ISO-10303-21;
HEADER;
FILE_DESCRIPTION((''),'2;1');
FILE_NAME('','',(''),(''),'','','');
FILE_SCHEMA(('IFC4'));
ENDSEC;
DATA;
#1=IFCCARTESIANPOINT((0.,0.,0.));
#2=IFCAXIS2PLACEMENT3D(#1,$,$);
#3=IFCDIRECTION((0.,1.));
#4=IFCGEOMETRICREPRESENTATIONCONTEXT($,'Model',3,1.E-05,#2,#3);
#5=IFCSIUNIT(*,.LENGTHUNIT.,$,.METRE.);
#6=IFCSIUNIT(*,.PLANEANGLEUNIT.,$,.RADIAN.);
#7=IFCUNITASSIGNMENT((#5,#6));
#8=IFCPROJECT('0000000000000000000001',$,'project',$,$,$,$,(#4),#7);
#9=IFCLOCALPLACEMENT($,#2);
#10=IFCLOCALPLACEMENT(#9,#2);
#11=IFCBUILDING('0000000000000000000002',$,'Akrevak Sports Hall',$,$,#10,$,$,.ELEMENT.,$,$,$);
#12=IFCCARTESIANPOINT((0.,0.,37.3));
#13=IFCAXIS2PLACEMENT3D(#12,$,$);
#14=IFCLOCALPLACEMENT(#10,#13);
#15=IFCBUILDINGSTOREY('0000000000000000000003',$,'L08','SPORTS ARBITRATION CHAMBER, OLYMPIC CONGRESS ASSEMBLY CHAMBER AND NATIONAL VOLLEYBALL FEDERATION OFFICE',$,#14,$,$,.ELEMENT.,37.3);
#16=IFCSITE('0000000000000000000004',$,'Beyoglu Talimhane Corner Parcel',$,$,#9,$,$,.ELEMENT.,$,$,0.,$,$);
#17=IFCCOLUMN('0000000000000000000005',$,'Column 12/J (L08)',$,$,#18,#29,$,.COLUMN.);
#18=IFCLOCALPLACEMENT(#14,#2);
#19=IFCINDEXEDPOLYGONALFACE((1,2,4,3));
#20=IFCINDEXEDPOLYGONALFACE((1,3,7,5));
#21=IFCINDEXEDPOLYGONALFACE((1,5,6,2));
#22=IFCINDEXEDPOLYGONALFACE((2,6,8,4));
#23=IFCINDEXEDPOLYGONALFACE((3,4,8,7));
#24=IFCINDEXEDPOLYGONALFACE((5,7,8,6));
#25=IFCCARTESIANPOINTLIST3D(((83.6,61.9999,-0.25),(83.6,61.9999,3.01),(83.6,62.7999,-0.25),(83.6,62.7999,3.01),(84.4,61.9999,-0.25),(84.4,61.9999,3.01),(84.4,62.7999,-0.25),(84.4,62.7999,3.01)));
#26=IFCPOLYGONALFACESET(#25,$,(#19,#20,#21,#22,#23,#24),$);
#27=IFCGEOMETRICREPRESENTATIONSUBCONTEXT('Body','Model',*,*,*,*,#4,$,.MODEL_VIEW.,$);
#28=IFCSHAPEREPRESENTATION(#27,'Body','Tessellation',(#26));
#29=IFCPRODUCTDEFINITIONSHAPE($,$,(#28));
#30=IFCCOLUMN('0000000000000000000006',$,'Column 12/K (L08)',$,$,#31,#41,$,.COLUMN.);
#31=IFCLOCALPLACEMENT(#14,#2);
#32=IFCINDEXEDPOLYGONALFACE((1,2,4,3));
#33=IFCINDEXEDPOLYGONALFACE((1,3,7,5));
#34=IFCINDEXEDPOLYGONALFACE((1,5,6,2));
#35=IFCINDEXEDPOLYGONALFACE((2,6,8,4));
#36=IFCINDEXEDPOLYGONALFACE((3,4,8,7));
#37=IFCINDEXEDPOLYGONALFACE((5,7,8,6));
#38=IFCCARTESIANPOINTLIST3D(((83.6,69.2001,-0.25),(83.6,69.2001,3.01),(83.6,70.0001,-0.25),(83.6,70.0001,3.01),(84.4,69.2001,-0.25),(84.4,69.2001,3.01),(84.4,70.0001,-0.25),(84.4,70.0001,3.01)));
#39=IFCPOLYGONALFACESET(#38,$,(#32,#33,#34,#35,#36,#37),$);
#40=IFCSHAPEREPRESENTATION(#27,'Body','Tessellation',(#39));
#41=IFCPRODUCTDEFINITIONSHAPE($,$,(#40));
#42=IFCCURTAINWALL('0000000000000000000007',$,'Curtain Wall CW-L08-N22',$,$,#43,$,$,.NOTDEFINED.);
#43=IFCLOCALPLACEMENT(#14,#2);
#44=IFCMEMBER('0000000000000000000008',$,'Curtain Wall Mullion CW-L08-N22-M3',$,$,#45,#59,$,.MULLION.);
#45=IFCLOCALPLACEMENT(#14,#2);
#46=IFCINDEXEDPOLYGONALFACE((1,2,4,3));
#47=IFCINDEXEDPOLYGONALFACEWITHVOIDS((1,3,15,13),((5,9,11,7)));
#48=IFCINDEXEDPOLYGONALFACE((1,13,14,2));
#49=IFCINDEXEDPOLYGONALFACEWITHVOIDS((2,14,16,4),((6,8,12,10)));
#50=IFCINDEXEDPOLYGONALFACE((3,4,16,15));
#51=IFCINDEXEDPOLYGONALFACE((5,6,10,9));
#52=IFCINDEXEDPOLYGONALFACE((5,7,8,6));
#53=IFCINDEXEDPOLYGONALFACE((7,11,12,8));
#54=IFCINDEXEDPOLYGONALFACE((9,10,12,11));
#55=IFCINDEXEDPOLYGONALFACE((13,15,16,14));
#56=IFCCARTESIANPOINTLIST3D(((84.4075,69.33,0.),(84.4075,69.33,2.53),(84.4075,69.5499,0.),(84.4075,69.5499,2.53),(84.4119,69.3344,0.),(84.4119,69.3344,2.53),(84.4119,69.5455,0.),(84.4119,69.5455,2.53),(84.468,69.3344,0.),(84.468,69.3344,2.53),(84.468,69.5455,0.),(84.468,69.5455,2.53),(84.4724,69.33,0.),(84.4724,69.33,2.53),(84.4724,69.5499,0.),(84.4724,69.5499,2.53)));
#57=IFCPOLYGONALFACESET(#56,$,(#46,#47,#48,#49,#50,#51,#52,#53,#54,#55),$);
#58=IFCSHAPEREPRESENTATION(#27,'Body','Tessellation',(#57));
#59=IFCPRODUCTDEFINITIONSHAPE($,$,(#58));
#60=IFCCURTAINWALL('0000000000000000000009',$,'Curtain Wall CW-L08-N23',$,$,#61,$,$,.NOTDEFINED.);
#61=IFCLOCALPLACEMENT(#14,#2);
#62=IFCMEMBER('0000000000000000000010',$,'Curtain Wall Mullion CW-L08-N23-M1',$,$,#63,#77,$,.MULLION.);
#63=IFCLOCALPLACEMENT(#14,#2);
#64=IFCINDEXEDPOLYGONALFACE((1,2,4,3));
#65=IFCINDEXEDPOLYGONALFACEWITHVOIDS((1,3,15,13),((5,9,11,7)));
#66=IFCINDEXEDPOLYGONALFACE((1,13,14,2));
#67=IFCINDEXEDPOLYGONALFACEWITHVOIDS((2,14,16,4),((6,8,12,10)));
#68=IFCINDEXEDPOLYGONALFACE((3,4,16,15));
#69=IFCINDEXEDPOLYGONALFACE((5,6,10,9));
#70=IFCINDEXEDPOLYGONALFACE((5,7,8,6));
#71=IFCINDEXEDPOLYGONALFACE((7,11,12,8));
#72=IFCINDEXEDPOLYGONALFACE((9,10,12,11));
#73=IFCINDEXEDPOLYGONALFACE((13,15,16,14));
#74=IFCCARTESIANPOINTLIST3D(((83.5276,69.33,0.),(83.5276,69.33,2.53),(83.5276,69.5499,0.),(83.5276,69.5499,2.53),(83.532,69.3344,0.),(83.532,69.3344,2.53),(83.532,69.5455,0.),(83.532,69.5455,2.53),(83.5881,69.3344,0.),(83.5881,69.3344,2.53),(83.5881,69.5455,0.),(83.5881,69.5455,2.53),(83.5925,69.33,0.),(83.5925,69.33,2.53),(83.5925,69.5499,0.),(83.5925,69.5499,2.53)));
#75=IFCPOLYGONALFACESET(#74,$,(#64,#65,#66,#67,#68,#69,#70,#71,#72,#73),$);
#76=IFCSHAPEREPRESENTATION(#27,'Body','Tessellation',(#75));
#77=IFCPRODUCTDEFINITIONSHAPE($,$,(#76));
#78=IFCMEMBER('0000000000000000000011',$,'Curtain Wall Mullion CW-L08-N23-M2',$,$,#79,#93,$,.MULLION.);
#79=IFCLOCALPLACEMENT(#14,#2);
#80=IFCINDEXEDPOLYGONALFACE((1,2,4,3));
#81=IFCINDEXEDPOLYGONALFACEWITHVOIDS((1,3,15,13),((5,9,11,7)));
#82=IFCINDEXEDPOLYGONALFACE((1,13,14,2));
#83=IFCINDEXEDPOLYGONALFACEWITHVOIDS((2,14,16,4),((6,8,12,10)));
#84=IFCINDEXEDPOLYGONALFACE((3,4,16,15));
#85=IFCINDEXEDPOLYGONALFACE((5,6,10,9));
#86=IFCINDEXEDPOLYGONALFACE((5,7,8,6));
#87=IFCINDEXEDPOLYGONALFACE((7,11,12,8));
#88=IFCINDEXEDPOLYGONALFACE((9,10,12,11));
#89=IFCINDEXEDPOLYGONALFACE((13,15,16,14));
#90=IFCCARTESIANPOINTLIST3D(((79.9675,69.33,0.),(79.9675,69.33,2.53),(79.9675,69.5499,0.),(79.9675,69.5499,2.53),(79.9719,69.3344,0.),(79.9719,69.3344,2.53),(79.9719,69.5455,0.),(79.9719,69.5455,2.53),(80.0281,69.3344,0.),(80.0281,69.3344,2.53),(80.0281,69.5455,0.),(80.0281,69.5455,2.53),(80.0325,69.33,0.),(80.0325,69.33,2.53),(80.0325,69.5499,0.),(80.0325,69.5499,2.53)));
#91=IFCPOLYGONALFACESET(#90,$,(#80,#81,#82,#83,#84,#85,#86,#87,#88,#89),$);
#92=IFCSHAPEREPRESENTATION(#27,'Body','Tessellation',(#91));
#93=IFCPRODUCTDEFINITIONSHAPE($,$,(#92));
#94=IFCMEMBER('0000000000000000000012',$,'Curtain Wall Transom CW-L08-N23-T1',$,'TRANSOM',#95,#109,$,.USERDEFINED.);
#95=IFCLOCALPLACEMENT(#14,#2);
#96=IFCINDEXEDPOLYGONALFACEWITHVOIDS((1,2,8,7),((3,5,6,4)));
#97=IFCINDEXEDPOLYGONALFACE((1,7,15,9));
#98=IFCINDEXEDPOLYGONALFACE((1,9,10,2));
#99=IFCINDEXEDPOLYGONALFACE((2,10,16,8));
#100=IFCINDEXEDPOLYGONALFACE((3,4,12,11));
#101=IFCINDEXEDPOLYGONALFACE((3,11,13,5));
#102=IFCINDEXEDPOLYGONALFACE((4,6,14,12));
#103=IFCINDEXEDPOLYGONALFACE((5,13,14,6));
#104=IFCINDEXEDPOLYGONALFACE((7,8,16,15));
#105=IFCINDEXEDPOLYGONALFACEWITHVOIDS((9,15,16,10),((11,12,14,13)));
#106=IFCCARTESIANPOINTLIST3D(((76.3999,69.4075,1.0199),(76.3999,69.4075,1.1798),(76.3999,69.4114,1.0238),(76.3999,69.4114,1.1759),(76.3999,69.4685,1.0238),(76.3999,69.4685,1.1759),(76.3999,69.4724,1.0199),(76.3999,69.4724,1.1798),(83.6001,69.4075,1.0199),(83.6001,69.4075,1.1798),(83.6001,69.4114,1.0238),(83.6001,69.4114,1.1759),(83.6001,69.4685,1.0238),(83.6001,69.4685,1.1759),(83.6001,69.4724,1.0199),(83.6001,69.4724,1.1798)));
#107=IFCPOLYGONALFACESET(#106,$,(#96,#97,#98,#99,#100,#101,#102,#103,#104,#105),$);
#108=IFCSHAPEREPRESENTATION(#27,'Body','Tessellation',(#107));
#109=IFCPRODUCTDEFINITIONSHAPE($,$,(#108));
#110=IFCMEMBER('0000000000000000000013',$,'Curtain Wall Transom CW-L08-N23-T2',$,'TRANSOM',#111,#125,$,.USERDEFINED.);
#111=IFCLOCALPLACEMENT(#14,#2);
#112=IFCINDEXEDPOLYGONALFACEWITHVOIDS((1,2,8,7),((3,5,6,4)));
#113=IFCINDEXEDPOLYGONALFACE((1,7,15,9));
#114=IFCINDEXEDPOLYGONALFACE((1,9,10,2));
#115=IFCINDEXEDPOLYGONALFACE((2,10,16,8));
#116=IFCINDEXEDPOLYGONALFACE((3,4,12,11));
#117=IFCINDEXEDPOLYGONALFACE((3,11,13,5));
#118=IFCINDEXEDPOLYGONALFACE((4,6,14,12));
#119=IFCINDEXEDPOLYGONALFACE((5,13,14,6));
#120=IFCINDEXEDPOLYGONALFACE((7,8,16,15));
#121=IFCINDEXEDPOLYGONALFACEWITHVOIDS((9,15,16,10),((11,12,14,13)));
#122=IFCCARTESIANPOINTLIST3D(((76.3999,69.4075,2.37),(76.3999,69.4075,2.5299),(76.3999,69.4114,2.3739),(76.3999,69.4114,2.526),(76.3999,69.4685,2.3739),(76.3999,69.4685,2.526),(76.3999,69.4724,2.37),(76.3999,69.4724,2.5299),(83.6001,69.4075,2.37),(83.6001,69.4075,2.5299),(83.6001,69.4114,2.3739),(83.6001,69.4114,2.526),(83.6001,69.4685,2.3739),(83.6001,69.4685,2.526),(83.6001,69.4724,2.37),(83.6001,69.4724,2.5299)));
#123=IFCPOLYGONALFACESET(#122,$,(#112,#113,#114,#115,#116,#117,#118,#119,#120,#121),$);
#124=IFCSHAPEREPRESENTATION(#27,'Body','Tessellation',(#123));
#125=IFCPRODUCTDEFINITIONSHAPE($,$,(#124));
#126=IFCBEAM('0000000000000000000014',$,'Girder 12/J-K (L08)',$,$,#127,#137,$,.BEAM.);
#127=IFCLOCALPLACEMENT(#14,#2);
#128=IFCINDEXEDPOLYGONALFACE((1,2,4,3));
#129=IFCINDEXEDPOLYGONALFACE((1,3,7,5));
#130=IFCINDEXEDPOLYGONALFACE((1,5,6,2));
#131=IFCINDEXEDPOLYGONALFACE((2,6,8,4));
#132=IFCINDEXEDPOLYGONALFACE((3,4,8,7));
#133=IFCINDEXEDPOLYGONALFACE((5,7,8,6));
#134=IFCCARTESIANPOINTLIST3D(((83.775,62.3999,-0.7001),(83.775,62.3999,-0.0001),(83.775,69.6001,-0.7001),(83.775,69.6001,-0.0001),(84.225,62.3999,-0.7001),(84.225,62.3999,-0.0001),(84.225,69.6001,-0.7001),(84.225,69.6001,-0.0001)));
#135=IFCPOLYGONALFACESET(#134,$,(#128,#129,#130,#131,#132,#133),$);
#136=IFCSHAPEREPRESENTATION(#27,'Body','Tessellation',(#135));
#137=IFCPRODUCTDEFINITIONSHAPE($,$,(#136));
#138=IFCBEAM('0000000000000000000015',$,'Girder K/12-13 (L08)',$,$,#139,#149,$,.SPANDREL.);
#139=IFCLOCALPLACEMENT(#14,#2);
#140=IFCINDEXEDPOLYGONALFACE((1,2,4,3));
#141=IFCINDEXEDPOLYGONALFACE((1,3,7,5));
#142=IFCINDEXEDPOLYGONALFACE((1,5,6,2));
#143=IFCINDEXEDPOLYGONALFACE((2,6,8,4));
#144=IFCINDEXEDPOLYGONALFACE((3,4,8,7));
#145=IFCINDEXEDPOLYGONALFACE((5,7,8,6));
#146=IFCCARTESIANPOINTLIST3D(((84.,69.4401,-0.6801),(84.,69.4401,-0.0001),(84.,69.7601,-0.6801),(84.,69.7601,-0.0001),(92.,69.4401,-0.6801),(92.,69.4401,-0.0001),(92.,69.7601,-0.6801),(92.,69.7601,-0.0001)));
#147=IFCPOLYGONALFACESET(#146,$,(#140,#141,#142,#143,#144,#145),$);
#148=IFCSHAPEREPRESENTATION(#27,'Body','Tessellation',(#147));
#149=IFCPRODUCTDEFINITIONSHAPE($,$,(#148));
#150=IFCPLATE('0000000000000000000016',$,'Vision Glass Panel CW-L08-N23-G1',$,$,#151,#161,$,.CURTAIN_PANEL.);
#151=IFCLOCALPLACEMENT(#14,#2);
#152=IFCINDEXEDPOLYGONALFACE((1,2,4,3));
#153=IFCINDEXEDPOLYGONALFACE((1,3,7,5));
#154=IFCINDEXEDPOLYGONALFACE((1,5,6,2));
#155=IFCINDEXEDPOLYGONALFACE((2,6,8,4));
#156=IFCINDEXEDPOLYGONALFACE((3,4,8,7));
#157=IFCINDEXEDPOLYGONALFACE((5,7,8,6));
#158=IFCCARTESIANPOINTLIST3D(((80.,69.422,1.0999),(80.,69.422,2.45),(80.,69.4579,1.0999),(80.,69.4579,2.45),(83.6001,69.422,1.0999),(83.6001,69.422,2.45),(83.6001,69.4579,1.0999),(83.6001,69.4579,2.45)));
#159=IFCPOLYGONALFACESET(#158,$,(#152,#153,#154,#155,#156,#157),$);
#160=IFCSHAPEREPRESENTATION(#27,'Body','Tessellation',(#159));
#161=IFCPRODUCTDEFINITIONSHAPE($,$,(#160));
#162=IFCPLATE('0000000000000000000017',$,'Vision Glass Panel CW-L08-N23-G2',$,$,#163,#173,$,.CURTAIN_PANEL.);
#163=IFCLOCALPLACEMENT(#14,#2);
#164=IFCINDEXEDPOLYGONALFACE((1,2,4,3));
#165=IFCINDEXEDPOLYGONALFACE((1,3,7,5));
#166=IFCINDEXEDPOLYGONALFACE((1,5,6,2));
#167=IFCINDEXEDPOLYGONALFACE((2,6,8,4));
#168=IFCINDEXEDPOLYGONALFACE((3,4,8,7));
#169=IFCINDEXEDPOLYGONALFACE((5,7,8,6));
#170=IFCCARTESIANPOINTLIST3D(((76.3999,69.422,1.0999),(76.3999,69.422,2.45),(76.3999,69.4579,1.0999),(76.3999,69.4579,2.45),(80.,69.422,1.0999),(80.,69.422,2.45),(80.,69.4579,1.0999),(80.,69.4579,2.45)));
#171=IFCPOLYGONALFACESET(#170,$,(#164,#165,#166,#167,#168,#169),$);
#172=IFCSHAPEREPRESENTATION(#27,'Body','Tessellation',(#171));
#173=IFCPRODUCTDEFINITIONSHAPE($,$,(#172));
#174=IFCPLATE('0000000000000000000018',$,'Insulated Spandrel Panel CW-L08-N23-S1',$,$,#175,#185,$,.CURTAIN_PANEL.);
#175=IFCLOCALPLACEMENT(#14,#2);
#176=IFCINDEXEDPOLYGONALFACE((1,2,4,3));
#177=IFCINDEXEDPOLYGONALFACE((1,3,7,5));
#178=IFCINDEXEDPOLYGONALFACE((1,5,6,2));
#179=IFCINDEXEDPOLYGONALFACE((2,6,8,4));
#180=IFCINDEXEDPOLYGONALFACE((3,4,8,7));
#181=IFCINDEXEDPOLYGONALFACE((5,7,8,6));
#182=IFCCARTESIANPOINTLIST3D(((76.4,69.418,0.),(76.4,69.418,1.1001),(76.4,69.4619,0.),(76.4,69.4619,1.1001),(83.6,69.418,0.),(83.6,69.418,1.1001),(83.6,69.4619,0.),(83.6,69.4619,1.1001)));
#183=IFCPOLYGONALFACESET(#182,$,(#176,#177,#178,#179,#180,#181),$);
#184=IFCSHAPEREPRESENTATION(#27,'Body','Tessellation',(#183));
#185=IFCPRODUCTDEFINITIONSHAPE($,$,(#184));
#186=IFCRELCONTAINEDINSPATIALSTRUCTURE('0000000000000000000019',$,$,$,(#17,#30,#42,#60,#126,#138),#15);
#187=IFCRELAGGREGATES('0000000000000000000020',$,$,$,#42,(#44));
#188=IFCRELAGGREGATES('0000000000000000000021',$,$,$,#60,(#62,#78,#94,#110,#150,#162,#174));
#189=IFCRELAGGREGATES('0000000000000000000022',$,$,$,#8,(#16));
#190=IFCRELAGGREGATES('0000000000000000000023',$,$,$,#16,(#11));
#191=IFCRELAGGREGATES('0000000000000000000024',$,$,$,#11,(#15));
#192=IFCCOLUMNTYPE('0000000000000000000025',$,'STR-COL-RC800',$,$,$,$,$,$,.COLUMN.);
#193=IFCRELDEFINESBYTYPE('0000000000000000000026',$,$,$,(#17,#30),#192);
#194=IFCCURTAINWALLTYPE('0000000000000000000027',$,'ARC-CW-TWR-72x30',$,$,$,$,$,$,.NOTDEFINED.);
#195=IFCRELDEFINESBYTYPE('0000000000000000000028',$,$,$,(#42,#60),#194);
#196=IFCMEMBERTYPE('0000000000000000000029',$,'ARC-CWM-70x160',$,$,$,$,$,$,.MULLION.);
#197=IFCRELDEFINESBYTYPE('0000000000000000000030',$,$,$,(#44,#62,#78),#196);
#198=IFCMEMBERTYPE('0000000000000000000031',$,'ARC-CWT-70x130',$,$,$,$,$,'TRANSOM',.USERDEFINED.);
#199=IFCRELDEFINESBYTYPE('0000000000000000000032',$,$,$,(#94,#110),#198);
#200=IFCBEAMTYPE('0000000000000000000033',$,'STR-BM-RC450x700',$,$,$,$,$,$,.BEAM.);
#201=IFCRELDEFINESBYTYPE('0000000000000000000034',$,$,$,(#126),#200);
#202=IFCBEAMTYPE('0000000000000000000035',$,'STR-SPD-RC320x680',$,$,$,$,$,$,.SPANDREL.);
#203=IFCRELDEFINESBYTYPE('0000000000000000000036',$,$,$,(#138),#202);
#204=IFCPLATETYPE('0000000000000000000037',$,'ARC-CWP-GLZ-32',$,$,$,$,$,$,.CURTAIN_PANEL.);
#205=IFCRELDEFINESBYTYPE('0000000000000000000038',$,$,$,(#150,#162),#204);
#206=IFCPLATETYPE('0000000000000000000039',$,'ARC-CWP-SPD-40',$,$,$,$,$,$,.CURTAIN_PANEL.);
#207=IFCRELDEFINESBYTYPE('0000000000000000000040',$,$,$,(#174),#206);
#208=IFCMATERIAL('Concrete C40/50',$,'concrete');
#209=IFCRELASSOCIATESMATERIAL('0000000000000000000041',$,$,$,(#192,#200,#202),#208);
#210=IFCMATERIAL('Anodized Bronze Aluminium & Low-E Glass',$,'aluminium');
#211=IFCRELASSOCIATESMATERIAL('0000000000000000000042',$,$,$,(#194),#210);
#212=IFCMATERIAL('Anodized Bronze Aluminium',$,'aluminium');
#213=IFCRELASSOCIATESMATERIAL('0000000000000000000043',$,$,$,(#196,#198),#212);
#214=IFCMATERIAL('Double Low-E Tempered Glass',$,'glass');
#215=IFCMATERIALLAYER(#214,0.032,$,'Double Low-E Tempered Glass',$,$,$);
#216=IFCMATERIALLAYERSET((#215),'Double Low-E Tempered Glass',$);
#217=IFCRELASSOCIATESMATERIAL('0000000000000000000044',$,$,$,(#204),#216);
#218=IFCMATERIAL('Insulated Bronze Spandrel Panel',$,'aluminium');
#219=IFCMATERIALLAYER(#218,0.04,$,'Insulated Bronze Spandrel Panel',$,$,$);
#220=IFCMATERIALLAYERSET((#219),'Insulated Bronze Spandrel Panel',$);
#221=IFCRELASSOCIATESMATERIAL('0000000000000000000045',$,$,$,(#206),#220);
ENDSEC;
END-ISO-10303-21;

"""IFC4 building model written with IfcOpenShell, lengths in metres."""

from ifc_helpers import new_model, si_unit, direction, frame, origin, origin_2d, place, context, subcontext, project, spatial, rectangle, hollow_rectangle, extrude, material, layer, layer_set, material_profile, profile_set, type_object, element, aggregate, save


model = new_model("IFC4")

# Units and contexts
model_context = context("Model", 3, precision=1e-05, world=origin(), true_north=direction((0.0, 1.0)))
body_context = subcontext(model_context, "Body", "Model", "MODEL_VIEW")
ifc_project = project(units=[si_unit("LENGTHUNIT", "METRE"), si_unit("PLANEANGLEUNIT", "RADIAN")], contexts=[model_context])

# Site, building, storey
site_placement = place(None, origin())
site = spatial("IfcSite", under=ifc_project, at=site_placement, Name="Beyoglu Talimhane Corner Parcel", CompositionType="ELEMENT", RefElevation=0.0)
building_placement = place(site_placement, origin())
building = spatial("IfcBuilding", under=site, at=building_placement, Name="Akrevak Sports Hall", CompositionType="ELEMENT")
storey_placement = place(building_placement, frame((0.0, 0.0, 37.3)))
storey = spatial("IfcBuildingStorey", under=building, at=storey_placement, Name="L08", Description="SPORTS ARBITRATION CHAMBER, OLYMPIC CONGRESS ASSEMBLY CHAMBER AND NATIONAL VOLLEYBALL FEDERATION OFFICE", CompositionType="ELEMENT", Elevation=37.3)

# Columns
ifc_material_1 = material(Name="Concrete C40/50", Category="concrete")
ifc_material_profile_1 = material_profile(ifc_material_1, rectangle(XDim=0.8, YDim=0.8, at=origin_2d()), Name="RC 800x800", Category="concrete")
ifc_profile_set_1 = profile_set([ifc_material_profile_1], Name="Concrete C40/50")
column_type = type_object("IfcColumnType", Name="STR-COL-RC800", PredefinedType="COLUMN", material=ifc_profile_set_1)
for number, where, z_axis, x_axis, name in (
    (1, (84.0, 62.3999, -0.25), (0.0, 0.0, 1.0), (1.0, 0.0, 0.0), "Column 12/J (L08)"),
    (2, (84.0, 69.6001, -0.25), (0.0, 0.0, 1.0), (1.0, 0.0, 0.0), "Column 12/K (L08)"),
):
    element("IfcColumn", number, at=place(storey_placement, frame(where, z_axis=z_axis, x_axis=x_axis)), inside=storey, type_object=column_type, Name=name, PredefinedType="COLUMN", context=body_context, shape_type="SweptSolid", body=[
        extrude(rectangle(XDim=0.8, YDim=0.8, at=origin_2d()), origin(), (0.0, 0.0, 1.0), 3.26),
    ])

# Curtain wall, member
ifc_material_2 = material(Name="Anodized Bronze Aluminium & Low-E Glass", Category="aluminium")
curtain_wall_type = type_object("IfcCurtainWallType", Name="ARC-CW-TWR-72x30", PredefinedType="NOTDEFINED", material=ifc_material_2)
curtain_wall_1_placement = place(storey_placement, origin())
curtain_wall_1 = element("IfcCurtainWall", 3, at=curtain_wall_1_placement, inside=storey, type_object=curtain_wall_type, Name="Curtain Wall CW-L08-N22", PredefinedType="NOTDEFINED")
ifc_material_3 = material(Name="Anodized Bronze Aluminium", Category="aluminium")
ifc_material_profile_2 = material_profile(ifc_material_3, hollow_rectangle(XDim=0.0649, YDim=0.22, WallThickness=0.0044, at=origin_2d()), Name="CWM 65x220", Category="aluminium")
ifc_profile_set_2 = profile_set([ifc_material_profile_2], Name="Anodized Bronze Aluminium")
member_type_1 = type_object("IfcMemberType", Name="ARC-CWM-70x160", PredefinedType="MULLION", material=ifc_profile_set_2)
member_1_placement = place(storey_placement, frame((84.4399, 69.4399, 0.0), z_axis=(0.0, 0.0, 1.0), x_axis=(-1.0, 0.0, 0.0)))
member_1 = element("IfcMember", 4, at=member_1_placement, type_object=member_type_1, Name="Curtain Wall Mullion CW-L08-N22-M3", PredefinedType="MULLION", context=body_context, shape_type="SweptSolid", body=[
    extrude(hollow_rectangle(XDim=0.0649, YDim=0.22, WallThickness=0.0044, at=origin_2d()), origin(), (0.0, 0.0, 1.0), 2.53),
])
aggregate(curtain_wall_1, [member_1])

# Curtain wall, members
curtain_wall_2_placement = place(storey_placement, origin())
curtain_wall_2 = element("IfcCurtainWall", 5, at=curtain_wall_2_placement, inside=storey, type_object=curtain_wall_type, Name="Curtain Wall CW-L08-N23", PredefinedType="NOTDEFINED")
member_2_placement = place(storey_placement, frame((83.5601, 69.4399, 0.0), z_axis=(0.0, 0.0, 1.0), x_axis=(-1.0, 0.0, 0.0)))
member_2 = element("IfcMember", 6, at=member_2_placement, type_object=member_type_1, Name="Curtain Wall Mullion CW-L08-N23-M1", PredefinedType="MULLION", context=body_context, shape_type="SweptSolid", body=[
    extrude(hollow_rectangle(XDim=0.0649, YDim=0.22, WallThickness=0.0044, at=origin_2d()), origin(), (0.0, 0.0, 1.0), 2.53),
])
member_3_placement = place(storey_placement, frame((80.0, 69.4399, 0.0), z_axis=(0.0, 0.0, 1.0), x_axis=(-1.0, 0.0, 0.0)))
member_3 = element("IfcMember", 7, at=member_3_placement, type_object=member_type_1, Name="Curtain Wall Mullion CW-L08-N23-M2", PredefinedType="MULLION", context=body_context, shape_type="SweptSolid", body=[
    extrude(hollow_rectangle(XDim=0.0649, YDim=0.22, WallThickness=0.0044, at=origin_2d()), origin(), (0.0, 0.0, 1.0), 2.53),
])
ifc_material_profile_3 = material_profile(ifc_material_3, hollow_rectangle(XDim=0.0649, YDim=0.1599, WallThickness=0.0039, at=origin_2d()), Name="CWT 65x160", Category="aluminium")
ifc_profile_set_3 = profile_set([ifc_material_profile_3], Name="Anodized Bronze Aluminium")
member_type_2 = type_object("IfcMemberType", Name="ARC-CWT-70x130", ElementType="TRANSOM", PredefinedType="USERDEFINED", material=ifc_profile_set_3)
member_4_placement = place(storey_placement, frame((83.6001, 69.4399, 1.0999), z_axis=(-1.0, 0.0, 0.0), x_axis=(0.0, -1.0, 0.0)))
member_4 = element("IfcMember", 8, at=member_4_placement, type_object=member_type_2, Name="Curtain Wall Transom CW-L08-N23-T1", ObjectType="TRANSOM", PredefinedType="USERDEFINED", context=body_context, shape_type="SweptSolid", body=[
    extrude(hollow_rectangle(XDim=0.0649, YDim=0.1599, WallThickness=0.0039, at=origin_2d()), origin(), (0.0, 0.0, 1.0), 7.2002),
])
member_5_placement = place(storey_placement, frame((83.6001, 69.4399, 2.45), z_axis=(-1.0, 0.0, 0.0), x_axis=(0.0, -1.0, 0.0)))
member_5 = element("IfcMember", 9, at=member_5_placement, type_object=member_type_2, Name="Curtain Wall Transom CW-L08-N23-T2", ObjectType="TRANSOM", PredefinedType="USERDEFINED", context=body_context, shape_type="SweptSolid", body=[
    extrude(hollow_rectangle(XDim=0.0649, YDim=0.1599, WallThickness=0.0039, at=origin_2d()), origin(), (0.0, 0.0, 1.0), 7.2002),
])

# Beams
ifc_material_profile_4 = material_profile(ifc_material_1, rectangle(XDim=0.45, YDim=0.7, at=origin_2d()), Name="BM 450x700", Category="concrete")
ifc_profile_set_4 = profile_set([ifc_material_profile_4], Name="Concrete C40/50")
beam_type_1 = type_object("IfcBeamType", Name="STR-BM-RC450x700", PredefinedType="BEAM", material=ifc_profile_set_4)
beam_1_placement = place(storey_placement, frame((84.0, 62.3999, -0.3501), z_axis=(0.0, 1.0, 0.0), x_axis=(-1.0, 0.0, 0.0)))
element("IfcBeam", 10, at=beam_1_placement, inside=storey, type_object=beam_type_1, Name="Girder 12/J-K (L08)", PredefinedType="BEAM", context=body_context, shape_type="SweptSolid", body=[
    extrude(rectangle(XDim=0.45, YDim=0.7, at=origin_2d()), origin(), (0.0, 0.0, 1.0), 7.2002),
])
ifc_material_profile_5 = material_profile(ifc_material_1, rectangle(XDim=0.3201, YDim=0.6799, at=origin_2d()), Name="SPD 320x680", Category="concrete")
ifc_profile_set_5 = profile_set([ifc_material_profile_5], Name="Concrete C40/50")
beam_type_2 = type_object("IfcBeamType", Name="STR-SPD-RC320x680", PredefinedType="SPANDREL", material=ifc_profile_set_5)
beam_2_placement = place(storey_placement, frame((84.0, 69.6001, -0.3401), z_axis=(1.0, 0.0, 0.0), x_axis=(0.0, 1.0, 0.0)))
element("IfcBeam", 11, at=beam_2_placement, inside=storey, type_object=beam_type_2, Name="Girder K/12-13 (L08)", PredefinedType="SPANDREL", context=body_context, shape_type="SweptSolid", body=[
    extrude(rectangle(XDim=0.3201, YDim=0.6799, at=origin_2d()), origin(), (0.0, 0.0, 1.0), 8.0),
])

# Plates
ifc_material_4 = material(Name="Double Low-E Tempered Glass", Category="glass")
ifc_layer_1 = layer(ifc_material_4, 0.032, Name="Double Low-E Tempered Glass")
ifc_layer_set_1 = layer_set([ifc_layer_1], Name="Double Low-E Tempered Glass")
plate_type_1 = type_object("IfcPlateType", Name="ARC-CWP-GLZ-32", PredefinedType="CURTAIN_PANEL", material=ifc_layer_set_1)
plate_1_placement = place(storey_placement, frame((81.8, 69.4399, 1.0999), z_axis=(0.0, 0.0, 1.0), x_axis=(-1.0, 0.0, 0.0)))
plate_1 = element("IfcPlate", 12, at=plate_1_placement, type_object=plate_type_1, Name="Vision Glass Panel CW-L08-N23-G1", PredefinedType="CURTAIN_PANEL", context=body_context, shape_type="SweptSolid", body=[
    extrude(rectangle(XDim=3.6001, YDim=0.0359, at=origin_2d()), origin(), (0.0, 0.0, 1.0), 1.3501),
])
plate_2_placement = place(storey_placement, frame((78.2, 69.4399, 1.0999), z_axis=(0.0, 0.0, 1.0), x_axis=(-1.0, 0.0, 0.0)))
plate_2 = element("IfcPlate", 13, at=plate_2_placement, type_object=plate_type_1, Name="Vision Glass Panel CW-L08-N23-G2", PredefinedType="CURTAIN_PANEL", context=body_context, shape_type="SweptSolid", body=[
    extrude(rectangle(XDim=3.6001, YDim=0.0359, at=origin_2d()), origin(), (0.0, 0.0, 1.0), 1.3501),
])
ifc_material_5 = material(Name="Insulated Bronze Spandrel Panel", Category="aluminium")
ifc_layer_2 = layer(ifc_material_5, 0.04, Name="Insulated Bronze Spandrel Panel")
ifc_layer_set_2 = layer_set([ifc_layer_2], Name="Insulated Bronze Spandrel Panel")
plate_type_2 = type_object("IfcPlateType", Name="ARC-CWP-SPD-40", PredefinedType="CURTAIN_PANEL", material=ifc_layer_set_2)
plate_3_placement = place(storey_placement, frame((80.0, 69.4399, 0.0), z_axis=(0.0, 0.0, 1.0), x_axis=(-1.0, 0.0, 0.0)))
plate_3 = element("IfcPlate", 14, at=plate_3_placement, type_object=plate_type_2, Name="Insulated Spandrel Panel CW-L08-N23-S1", PredefinedType="CURTAIN_PANEL", context=body_context, shape_type="SweptSolid", body=[
    extrude(rectangle(XDim=7.2, YDim=0.0439, at=origin_2d()), origin(), (0.0, 0.0, 1.0), 1.1001),
])
aggregate(curtain_wall_2, [member_2, member_3, member_4, member_5, plate_1, plate_2, plate_3])

save(model, "model.ifc")
